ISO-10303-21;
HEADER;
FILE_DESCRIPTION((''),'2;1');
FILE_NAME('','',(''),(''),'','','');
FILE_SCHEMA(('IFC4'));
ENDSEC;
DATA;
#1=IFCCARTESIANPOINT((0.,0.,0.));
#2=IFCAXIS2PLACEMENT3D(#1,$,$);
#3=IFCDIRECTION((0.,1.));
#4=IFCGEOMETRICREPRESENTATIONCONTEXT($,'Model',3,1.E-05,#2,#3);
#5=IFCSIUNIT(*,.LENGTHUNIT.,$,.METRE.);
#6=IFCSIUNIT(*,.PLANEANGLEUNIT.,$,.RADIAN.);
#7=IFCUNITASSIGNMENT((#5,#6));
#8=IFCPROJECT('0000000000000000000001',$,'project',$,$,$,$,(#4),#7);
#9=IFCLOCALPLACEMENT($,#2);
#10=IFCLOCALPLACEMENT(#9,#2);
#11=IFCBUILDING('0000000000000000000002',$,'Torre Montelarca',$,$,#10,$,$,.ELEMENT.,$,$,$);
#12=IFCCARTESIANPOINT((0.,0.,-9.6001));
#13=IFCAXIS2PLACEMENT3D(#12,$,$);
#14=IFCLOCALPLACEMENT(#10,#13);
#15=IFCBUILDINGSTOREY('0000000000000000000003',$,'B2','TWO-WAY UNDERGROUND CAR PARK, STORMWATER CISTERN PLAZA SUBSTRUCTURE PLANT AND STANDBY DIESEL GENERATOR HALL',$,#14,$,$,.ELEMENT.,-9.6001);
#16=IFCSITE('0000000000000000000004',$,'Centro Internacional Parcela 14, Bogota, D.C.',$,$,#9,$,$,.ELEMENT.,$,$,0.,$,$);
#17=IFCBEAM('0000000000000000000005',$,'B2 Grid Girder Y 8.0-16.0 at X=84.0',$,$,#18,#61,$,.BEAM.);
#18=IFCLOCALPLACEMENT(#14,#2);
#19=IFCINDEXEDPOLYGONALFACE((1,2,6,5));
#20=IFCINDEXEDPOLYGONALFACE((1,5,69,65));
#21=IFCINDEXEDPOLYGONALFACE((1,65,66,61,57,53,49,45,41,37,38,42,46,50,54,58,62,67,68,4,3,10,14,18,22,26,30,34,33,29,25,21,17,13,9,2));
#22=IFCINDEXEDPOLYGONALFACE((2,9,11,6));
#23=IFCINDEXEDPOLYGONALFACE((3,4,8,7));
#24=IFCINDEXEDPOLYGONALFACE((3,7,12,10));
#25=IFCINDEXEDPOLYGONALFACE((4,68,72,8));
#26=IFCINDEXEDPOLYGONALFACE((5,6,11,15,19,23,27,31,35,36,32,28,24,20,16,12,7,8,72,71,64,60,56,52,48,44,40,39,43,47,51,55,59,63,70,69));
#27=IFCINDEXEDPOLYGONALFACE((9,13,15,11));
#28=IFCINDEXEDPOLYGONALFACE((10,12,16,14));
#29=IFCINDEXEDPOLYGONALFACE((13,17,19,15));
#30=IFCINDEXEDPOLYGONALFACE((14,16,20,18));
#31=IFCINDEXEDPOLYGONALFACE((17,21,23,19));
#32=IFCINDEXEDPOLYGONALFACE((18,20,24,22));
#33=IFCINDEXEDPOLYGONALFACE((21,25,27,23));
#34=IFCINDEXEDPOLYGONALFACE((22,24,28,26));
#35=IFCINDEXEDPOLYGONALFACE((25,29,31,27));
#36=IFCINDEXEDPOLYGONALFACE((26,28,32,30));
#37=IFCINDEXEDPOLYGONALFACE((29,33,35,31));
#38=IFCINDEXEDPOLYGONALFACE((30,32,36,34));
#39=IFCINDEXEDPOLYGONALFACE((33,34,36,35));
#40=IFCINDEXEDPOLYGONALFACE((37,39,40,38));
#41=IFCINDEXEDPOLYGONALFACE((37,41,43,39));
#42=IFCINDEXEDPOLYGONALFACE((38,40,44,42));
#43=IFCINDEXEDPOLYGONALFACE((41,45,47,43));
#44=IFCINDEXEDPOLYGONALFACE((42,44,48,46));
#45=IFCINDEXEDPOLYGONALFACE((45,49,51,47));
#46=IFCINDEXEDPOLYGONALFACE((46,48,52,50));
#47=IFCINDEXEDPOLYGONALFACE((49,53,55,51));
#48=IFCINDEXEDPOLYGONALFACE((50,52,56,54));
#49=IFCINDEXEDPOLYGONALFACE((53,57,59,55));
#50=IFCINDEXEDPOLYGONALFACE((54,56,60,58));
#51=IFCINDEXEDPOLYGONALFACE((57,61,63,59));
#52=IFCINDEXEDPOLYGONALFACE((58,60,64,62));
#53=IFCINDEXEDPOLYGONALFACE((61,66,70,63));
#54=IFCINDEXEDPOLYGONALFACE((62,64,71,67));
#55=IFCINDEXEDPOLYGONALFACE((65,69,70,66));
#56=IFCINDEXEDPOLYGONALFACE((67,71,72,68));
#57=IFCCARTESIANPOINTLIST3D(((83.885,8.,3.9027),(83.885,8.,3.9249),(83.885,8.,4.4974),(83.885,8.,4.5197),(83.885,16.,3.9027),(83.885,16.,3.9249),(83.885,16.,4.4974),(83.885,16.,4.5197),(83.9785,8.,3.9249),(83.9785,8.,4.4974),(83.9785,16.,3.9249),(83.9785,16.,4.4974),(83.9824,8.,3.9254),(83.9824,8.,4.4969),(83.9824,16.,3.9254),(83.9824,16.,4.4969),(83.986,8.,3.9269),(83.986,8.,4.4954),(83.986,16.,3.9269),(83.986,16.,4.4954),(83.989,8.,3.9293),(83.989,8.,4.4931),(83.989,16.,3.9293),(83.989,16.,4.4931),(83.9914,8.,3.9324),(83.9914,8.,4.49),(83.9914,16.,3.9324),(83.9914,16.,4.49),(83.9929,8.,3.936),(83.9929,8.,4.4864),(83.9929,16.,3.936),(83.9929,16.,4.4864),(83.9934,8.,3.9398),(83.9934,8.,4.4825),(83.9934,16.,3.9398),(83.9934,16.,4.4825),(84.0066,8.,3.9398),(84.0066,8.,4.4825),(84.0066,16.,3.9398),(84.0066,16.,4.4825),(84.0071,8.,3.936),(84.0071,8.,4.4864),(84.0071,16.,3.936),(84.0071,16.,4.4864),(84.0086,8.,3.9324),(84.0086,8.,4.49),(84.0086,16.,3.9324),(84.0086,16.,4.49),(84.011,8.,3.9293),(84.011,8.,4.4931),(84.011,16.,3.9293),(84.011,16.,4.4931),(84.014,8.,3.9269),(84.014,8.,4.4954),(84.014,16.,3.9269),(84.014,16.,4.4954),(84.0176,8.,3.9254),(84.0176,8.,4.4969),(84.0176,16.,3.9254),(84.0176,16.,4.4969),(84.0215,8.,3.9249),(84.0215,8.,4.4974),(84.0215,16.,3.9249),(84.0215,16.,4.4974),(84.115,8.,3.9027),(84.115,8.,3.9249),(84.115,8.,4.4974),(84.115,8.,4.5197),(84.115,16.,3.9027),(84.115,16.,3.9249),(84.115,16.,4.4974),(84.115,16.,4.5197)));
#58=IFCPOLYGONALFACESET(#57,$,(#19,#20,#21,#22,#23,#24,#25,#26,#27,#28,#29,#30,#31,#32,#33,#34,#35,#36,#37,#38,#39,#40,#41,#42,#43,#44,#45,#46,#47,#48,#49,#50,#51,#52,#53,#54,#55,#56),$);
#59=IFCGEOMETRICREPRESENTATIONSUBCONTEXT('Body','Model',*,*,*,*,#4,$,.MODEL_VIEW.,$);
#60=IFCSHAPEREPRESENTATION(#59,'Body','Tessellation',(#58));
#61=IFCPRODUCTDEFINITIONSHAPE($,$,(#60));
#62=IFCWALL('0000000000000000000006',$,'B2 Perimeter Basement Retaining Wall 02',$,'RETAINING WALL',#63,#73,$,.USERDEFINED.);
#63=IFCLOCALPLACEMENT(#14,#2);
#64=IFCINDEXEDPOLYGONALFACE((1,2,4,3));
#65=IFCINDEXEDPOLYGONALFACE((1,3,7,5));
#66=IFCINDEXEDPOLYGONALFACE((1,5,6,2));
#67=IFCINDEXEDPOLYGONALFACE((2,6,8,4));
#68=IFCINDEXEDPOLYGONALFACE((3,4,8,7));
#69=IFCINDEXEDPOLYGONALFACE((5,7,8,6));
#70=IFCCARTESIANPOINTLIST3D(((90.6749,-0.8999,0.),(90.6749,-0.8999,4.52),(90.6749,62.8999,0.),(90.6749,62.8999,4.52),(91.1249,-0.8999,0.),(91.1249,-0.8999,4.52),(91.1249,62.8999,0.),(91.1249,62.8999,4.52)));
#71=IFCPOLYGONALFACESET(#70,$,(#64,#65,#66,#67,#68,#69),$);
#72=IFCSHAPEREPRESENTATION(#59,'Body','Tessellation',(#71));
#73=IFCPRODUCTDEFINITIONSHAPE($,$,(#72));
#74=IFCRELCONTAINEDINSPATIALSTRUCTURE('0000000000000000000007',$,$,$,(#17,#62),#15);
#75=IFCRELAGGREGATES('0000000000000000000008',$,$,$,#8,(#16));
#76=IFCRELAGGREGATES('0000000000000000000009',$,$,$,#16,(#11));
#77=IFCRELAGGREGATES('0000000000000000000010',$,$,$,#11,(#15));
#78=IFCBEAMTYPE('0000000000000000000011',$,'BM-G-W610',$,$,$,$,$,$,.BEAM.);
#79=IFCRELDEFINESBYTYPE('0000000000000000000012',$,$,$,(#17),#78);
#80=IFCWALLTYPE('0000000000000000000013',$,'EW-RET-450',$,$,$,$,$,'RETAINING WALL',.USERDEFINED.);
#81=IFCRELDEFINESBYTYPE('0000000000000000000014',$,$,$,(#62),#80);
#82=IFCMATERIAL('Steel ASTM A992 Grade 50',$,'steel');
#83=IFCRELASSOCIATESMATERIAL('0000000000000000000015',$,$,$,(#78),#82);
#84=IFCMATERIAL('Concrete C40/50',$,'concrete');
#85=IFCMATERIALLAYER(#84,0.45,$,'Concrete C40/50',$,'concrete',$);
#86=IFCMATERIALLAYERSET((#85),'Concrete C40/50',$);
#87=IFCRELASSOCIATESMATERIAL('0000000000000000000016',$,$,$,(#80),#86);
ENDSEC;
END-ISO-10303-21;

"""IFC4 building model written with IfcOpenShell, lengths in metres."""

from ifc_helpers import new_model, si_unit, direction, frame, frame_2d, origin, origin_2d, place, context, subcontext, project, spatial, rectangle, i_section, extrude, source, transform, mapped, material, layer, layer_set, material_profile, profile_set, type_object, element, save


model = new_model("IFC4")

# Units and contexts
model_context = context("Model", 3, precision=1e-05, world=origin(), true_north=direction((0.0, 1.0)))
body_context = subcontext(model_context, "Body", "Model", "MODEL_VIEW")
ifc_project = project(units=[si_unit("LENGTHUNIT", "METRE"), si_unit("PLANEANGLEUNIT", "RADIAN")], contexts=[model_context])

# Site, building, storey
site_placement = place(None, origin())
site = spatial("IfcSite", under=ifc_project, at=site_placement, Name="Centro Internacional Parcela 14, Bogota, D.C.", CompositionType="ELEMENT", RefElevation=0.0)
building_placement = place(site_placement, origin())
building = spatial("IfcBuilding", under=site, at=building_placement, Name="Torre Montelarca", CompositionType="ELEMENT")
storey_placement = place(building_placement, frame((0.0, 0.0, -9.6001)))
storey = spatial("IfcBuildingStorey", under=building, at=storey_placement, Name="B2", Description="TWO-WAY UNDERGROUND CAR PARK, STORMWATER CISTERN PLAZA SUBSTRUCTURE PLANT AND STANDBY DIESEL GENERATOR HALL", CompositionType="ELEMENT", Elevation=-9.6001)

# Shared definitions
ifc_material_1 = material(Name="Concrete C40/50", Category="concrete")

# Beam
ifc_material_2 = material(Name="Steel ASTM A992 Grade 50", Category="steel")
ifc_material_profile_1 = material_profile(ifc_material_2, i_section(OverallWidth=0.23, OverallDepth=0.6169, WebThickness=0.0132, FlangeThickness=0.0222, FilletRadius=0.0149, at=origin_2d()), Name="W610X140", Category="steel")
ifc_profile_set_1 = profile_set([ifc_material_profile_1], Name="Steel ASTM A992 Grade 50")
beam_type_1 = type_object("IfcBeamType", Name="BM-G-W610", PredefinedType="BEAM", material=ifc_profile_set_1)
shared_shape_1 = source(origin(), body_context, "Body", "SweptSolid", [
    extrude(i_section(OverallWidth=0.23, OverallDepth=0.6169, WebThickness=0.0132, FlangeThickness=0.0222, FilletRadius=0.0149, at=origin_2d()), origin(), (0.0, 0.0, 1.0), 8.0),
])
for number, where, z_axis, x_axis, name in (
    (1, (84.0, 8.0, 4.2112), (0.0, 1.0, 0.0), (-1.0, 0.0, 0.0), "B2 Grid Girder Y 8.0-16.0 at X=84.0"),
):
    element("IfcBeam", number, at=place(storey_placement, frame(where, z_axis=z_axis, x_axis=x_axis)), inside=storey, type_object=beam_type_1, Name=name, PredefinedType="BEAM", context=body_context, shape_type="MappedRepresentation", body=[
        mapped(shared_shape_1, transform((0.0, 0.0, 0.0), scale=1.0)),
    ])

# Wall
ifc_layer = layer(ifc_material_1, 0.45, Name="Concrete C40/50", Category="concrete")
ifc_layer_set = layer_set([ifc_layer], Name="Concrete C40/50")
wall_type = type_object("IfcWallType", Name="EW-RET-450", ElementType="RETAINING WALL", PredefinedType="USERDEFINED", material=ifc_layer_set)
wall_placement = place(storey_placement, frame((90.8999, -0.8999, 0.0), z_axis=(0.0, 0.0, 1.0), x_axis=(0.0, 1.0, 0.0)))
element("IfcWall", 2, at=wall_placement, inside=storey, type_object=wall_type, Name="B2 Perimeter Basement Retaining Wall 02", ObjectType="RETAINING WALL", PredefinedType="USERDEFINED", context=body_context, shape_type="SweptSolid", body=[
    extrude(rectangle(XDim=63.7998, YDim=0.45, at=frame_2d((31.8999, 0.0))), origin(), (0.0, 0.0, 1.0), 4.52),
])

save(model, "model.ifc")
